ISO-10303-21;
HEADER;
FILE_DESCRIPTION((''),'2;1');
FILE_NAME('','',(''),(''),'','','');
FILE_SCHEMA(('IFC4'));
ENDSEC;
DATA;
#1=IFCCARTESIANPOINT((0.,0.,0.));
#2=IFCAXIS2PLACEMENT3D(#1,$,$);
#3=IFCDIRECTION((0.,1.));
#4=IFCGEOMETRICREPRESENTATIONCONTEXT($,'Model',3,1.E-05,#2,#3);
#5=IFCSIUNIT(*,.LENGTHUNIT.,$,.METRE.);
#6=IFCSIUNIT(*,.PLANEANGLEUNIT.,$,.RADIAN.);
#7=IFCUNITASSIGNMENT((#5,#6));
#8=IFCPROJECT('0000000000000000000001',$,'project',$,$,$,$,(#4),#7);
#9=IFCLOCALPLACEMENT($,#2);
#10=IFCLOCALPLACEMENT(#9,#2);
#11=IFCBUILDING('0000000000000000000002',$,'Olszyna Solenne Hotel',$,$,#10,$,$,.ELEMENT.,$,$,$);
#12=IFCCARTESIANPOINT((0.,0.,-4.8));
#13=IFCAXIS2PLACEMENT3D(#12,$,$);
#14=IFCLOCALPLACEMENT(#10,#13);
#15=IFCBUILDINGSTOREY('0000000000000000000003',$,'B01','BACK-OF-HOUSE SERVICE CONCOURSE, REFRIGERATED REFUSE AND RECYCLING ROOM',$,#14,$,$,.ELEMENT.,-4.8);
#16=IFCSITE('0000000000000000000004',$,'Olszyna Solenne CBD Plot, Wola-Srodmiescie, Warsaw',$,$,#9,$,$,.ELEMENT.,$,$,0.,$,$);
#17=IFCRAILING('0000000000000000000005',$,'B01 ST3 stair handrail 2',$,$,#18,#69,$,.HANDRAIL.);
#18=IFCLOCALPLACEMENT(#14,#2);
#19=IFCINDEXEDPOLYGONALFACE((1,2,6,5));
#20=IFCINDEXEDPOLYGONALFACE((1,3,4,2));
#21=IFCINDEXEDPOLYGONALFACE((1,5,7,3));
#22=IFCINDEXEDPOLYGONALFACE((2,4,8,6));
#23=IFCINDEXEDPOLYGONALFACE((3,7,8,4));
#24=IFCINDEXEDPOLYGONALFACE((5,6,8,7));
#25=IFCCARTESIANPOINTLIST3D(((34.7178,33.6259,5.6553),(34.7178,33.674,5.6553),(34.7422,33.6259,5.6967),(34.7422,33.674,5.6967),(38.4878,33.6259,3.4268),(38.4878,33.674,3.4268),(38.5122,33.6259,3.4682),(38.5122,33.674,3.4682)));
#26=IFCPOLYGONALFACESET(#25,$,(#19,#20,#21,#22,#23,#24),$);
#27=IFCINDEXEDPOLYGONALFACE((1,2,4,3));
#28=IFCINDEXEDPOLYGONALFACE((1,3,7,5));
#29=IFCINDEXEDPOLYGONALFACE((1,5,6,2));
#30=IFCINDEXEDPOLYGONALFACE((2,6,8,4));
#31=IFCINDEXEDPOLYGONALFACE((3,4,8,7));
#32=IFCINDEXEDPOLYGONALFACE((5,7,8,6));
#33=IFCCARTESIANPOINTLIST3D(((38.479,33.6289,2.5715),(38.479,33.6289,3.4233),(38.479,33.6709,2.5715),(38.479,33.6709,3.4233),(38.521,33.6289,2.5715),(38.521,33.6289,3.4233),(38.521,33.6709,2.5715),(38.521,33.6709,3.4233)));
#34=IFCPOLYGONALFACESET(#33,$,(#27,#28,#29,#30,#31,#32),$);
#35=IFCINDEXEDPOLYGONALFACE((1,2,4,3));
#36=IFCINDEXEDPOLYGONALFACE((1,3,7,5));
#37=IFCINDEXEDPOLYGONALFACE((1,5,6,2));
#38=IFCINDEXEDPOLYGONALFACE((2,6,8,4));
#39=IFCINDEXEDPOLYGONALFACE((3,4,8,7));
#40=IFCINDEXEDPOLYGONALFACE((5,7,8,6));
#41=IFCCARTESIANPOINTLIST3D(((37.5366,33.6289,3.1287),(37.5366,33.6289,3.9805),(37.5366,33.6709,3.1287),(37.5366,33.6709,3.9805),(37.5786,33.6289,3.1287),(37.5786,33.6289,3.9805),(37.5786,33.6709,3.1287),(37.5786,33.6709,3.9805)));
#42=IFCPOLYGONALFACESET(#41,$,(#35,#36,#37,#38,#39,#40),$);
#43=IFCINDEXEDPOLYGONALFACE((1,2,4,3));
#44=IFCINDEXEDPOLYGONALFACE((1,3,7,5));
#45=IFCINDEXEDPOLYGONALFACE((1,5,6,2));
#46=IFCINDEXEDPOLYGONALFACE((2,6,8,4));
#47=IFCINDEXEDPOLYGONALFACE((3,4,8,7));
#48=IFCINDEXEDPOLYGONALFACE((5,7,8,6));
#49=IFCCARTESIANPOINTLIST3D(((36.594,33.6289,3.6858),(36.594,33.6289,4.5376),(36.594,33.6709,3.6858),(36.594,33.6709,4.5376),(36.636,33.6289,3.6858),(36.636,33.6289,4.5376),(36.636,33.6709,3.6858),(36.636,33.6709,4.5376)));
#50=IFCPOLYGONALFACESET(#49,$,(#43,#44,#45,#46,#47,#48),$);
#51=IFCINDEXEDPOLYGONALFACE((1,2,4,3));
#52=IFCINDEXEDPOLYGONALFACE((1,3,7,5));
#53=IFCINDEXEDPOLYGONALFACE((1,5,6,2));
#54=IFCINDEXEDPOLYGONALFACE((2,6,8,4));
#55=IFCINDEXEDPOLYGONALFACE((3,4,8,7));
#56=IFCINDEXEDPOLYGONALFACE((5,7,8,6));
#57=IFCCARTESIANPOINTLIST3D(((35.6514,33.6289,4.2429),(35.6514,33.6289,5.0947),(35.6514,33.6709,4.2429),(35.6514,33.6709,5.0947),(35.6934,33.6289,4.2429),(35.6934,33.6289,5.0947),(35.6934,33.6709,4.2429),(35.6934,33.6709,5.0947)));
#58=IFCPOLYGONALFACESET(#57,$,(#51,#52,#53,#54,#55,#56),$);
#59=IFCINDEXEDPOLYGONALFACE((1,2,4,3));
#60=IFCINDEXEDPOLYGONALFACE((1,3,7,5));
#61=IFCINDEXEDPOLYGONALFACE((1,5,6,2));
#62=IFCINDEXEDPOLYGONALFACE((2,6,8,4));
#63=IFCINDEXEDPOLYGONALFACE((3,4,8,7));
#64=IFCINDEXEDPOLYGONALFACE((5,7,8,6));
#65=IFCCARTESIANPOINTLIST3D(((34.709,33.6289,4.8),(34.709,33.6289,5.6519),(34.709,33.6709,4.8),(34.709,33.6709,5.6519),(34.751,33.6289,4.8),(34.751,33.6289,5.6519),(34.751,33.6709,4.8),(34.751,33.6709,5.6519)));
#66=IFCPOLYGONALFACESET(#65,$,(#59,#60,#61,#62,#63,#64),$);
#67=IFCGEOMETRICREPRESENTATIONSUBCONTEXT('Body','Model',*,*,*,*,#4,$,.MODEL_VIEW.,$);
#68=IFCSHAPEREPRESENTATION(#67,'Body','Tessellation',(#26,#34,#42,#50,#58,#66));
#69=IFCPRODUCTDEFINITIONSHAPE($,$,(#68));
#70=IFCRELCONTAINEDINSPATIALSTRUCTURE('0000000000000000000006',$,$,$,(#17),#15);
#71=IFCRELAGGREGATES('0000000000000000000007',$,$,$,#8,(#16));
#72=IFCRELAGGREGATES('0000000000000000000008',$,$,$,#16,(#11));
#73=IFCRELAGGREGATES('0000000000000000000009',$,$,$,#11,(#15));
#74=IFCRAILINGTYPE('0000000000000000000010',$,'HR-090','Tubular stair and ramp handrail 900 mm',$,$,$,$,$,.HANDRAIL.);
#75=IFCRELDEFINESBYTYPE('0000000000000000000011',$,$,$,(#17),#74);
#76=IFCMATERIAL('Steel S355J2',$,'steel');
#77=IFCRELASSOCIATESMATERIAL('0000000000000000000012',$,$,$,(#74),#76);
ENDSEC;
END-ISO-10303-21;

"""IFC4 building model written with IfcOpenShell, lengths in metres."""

from ifc_helpers import new_model, si_unit, direction, frame, origin, origin_2d, place, context, subcontext, project, spatial, rectangle, extrude, material, type_object, element, save


model = new_model("IFC4")

# Units and contexts
model_context = context("Model", 3, precision=1e-05, world=origin(), true_north=direction((0.0, 1.0)))
body_context = subcontext(model_context, "Body", "Model", "MODEL_VIEW")
ifc_project = project(units=[si_unit("LENGTHUNIT", "METRE"), si_unit("PLANEANGLEUNIT", "RADIAN")], contexts=[model_context])

# Site, building, storey
site_placement = place(None, origin())
site = spatial("IfcSite", under=ifc_project, at=site_placement, Name="Olszyna Solenne CBD Plot, Wola-Srodmiescie, Warsaw", CompositionType="ELEMENT", RefElevation=0.0)
building_placement = place(site_placement, origin())
building = spatial("IfcBuilding", under=site, at=building_placement, Name="Olszyna Solenne Hotel", CompositionType="ELEMENT")
storey_placement = place(building_placement, frame((0.0, 0.0, -4.8)))
storey = spatial("IfcBuildingStorey", under=building, at=storey_placement, Name="B01", Description="BACK-OF-HOUSE SERVICE CONCOURSE, REFRIGERATED REFUSE AND RECYCLING ROOM", CompositionType="ELEMENT", Elevation=-4.8)

# Shared definitions
ifc_material_1 = material(Name="Steel S355J2", Category="steel")

# Railing
railing_type_1 = type_object("IfcRailingType", Name="HR-090", Description="Tubular stair and ramp handrail 900 mm", PredefinedType="HANDRAIL", material=ifc_material_1)
railing_1_placement = place(storey_placement, frame((38.5, 33.6499, 2.5715)))
element("IfcRailing", 1, at=railing_1_placement, inside=storey, type_object=railing_type_1, Name="B01 ST3 stair handrail 2", PredefinedType="HANDRAIL", context=body_context, shape_type="SweptSolid", body=[
    extrude(rectangle(XDim=0.0481, YDim=0.0481, at=origin_2d()), frame((0.0, 0.0, 0.876), z_axis=(-0.860849, 0.0, 0.508861), x_axis=(0.0, -1.0, 0.0)), (0.0, 0.0, 1.0), 4.3794),
    extrude(rectangle(XDim=0.042, YDim=0.042, at=origin_2d()), origin(), (0.0, 0.0, 1.0), 0.8518),
    extrude(rectangle(XDim=0.042, YDim=0.042, at=origin_2d()), frame((-0.9424, 0.0, 0.5571)), (0.0, 0.0, 1.0), 0.8518),
    extrude(rectangle(XDim=0.042, YDim=0.042, at=origin_2d()), frame((-1.885, 0.0, 1.1143)), (0.0, 0.0, 1.0), 0.8518),
    extrude(rectangle(XDim=0.042, YDim=0.042, at=origin_2d()), frame((-2.8276, 0.0, 1.6714)), (0.0, 0.0, 1.0), 0.8518),
    extrude(rectangle(XDim=0.042, YDim=0.042, at=origin_2d()), frame((-3.77, 0.0, 2.2285)), (0.0, 0.0, 1.0), 0.8518),
])

save(model, "model.ifc")
